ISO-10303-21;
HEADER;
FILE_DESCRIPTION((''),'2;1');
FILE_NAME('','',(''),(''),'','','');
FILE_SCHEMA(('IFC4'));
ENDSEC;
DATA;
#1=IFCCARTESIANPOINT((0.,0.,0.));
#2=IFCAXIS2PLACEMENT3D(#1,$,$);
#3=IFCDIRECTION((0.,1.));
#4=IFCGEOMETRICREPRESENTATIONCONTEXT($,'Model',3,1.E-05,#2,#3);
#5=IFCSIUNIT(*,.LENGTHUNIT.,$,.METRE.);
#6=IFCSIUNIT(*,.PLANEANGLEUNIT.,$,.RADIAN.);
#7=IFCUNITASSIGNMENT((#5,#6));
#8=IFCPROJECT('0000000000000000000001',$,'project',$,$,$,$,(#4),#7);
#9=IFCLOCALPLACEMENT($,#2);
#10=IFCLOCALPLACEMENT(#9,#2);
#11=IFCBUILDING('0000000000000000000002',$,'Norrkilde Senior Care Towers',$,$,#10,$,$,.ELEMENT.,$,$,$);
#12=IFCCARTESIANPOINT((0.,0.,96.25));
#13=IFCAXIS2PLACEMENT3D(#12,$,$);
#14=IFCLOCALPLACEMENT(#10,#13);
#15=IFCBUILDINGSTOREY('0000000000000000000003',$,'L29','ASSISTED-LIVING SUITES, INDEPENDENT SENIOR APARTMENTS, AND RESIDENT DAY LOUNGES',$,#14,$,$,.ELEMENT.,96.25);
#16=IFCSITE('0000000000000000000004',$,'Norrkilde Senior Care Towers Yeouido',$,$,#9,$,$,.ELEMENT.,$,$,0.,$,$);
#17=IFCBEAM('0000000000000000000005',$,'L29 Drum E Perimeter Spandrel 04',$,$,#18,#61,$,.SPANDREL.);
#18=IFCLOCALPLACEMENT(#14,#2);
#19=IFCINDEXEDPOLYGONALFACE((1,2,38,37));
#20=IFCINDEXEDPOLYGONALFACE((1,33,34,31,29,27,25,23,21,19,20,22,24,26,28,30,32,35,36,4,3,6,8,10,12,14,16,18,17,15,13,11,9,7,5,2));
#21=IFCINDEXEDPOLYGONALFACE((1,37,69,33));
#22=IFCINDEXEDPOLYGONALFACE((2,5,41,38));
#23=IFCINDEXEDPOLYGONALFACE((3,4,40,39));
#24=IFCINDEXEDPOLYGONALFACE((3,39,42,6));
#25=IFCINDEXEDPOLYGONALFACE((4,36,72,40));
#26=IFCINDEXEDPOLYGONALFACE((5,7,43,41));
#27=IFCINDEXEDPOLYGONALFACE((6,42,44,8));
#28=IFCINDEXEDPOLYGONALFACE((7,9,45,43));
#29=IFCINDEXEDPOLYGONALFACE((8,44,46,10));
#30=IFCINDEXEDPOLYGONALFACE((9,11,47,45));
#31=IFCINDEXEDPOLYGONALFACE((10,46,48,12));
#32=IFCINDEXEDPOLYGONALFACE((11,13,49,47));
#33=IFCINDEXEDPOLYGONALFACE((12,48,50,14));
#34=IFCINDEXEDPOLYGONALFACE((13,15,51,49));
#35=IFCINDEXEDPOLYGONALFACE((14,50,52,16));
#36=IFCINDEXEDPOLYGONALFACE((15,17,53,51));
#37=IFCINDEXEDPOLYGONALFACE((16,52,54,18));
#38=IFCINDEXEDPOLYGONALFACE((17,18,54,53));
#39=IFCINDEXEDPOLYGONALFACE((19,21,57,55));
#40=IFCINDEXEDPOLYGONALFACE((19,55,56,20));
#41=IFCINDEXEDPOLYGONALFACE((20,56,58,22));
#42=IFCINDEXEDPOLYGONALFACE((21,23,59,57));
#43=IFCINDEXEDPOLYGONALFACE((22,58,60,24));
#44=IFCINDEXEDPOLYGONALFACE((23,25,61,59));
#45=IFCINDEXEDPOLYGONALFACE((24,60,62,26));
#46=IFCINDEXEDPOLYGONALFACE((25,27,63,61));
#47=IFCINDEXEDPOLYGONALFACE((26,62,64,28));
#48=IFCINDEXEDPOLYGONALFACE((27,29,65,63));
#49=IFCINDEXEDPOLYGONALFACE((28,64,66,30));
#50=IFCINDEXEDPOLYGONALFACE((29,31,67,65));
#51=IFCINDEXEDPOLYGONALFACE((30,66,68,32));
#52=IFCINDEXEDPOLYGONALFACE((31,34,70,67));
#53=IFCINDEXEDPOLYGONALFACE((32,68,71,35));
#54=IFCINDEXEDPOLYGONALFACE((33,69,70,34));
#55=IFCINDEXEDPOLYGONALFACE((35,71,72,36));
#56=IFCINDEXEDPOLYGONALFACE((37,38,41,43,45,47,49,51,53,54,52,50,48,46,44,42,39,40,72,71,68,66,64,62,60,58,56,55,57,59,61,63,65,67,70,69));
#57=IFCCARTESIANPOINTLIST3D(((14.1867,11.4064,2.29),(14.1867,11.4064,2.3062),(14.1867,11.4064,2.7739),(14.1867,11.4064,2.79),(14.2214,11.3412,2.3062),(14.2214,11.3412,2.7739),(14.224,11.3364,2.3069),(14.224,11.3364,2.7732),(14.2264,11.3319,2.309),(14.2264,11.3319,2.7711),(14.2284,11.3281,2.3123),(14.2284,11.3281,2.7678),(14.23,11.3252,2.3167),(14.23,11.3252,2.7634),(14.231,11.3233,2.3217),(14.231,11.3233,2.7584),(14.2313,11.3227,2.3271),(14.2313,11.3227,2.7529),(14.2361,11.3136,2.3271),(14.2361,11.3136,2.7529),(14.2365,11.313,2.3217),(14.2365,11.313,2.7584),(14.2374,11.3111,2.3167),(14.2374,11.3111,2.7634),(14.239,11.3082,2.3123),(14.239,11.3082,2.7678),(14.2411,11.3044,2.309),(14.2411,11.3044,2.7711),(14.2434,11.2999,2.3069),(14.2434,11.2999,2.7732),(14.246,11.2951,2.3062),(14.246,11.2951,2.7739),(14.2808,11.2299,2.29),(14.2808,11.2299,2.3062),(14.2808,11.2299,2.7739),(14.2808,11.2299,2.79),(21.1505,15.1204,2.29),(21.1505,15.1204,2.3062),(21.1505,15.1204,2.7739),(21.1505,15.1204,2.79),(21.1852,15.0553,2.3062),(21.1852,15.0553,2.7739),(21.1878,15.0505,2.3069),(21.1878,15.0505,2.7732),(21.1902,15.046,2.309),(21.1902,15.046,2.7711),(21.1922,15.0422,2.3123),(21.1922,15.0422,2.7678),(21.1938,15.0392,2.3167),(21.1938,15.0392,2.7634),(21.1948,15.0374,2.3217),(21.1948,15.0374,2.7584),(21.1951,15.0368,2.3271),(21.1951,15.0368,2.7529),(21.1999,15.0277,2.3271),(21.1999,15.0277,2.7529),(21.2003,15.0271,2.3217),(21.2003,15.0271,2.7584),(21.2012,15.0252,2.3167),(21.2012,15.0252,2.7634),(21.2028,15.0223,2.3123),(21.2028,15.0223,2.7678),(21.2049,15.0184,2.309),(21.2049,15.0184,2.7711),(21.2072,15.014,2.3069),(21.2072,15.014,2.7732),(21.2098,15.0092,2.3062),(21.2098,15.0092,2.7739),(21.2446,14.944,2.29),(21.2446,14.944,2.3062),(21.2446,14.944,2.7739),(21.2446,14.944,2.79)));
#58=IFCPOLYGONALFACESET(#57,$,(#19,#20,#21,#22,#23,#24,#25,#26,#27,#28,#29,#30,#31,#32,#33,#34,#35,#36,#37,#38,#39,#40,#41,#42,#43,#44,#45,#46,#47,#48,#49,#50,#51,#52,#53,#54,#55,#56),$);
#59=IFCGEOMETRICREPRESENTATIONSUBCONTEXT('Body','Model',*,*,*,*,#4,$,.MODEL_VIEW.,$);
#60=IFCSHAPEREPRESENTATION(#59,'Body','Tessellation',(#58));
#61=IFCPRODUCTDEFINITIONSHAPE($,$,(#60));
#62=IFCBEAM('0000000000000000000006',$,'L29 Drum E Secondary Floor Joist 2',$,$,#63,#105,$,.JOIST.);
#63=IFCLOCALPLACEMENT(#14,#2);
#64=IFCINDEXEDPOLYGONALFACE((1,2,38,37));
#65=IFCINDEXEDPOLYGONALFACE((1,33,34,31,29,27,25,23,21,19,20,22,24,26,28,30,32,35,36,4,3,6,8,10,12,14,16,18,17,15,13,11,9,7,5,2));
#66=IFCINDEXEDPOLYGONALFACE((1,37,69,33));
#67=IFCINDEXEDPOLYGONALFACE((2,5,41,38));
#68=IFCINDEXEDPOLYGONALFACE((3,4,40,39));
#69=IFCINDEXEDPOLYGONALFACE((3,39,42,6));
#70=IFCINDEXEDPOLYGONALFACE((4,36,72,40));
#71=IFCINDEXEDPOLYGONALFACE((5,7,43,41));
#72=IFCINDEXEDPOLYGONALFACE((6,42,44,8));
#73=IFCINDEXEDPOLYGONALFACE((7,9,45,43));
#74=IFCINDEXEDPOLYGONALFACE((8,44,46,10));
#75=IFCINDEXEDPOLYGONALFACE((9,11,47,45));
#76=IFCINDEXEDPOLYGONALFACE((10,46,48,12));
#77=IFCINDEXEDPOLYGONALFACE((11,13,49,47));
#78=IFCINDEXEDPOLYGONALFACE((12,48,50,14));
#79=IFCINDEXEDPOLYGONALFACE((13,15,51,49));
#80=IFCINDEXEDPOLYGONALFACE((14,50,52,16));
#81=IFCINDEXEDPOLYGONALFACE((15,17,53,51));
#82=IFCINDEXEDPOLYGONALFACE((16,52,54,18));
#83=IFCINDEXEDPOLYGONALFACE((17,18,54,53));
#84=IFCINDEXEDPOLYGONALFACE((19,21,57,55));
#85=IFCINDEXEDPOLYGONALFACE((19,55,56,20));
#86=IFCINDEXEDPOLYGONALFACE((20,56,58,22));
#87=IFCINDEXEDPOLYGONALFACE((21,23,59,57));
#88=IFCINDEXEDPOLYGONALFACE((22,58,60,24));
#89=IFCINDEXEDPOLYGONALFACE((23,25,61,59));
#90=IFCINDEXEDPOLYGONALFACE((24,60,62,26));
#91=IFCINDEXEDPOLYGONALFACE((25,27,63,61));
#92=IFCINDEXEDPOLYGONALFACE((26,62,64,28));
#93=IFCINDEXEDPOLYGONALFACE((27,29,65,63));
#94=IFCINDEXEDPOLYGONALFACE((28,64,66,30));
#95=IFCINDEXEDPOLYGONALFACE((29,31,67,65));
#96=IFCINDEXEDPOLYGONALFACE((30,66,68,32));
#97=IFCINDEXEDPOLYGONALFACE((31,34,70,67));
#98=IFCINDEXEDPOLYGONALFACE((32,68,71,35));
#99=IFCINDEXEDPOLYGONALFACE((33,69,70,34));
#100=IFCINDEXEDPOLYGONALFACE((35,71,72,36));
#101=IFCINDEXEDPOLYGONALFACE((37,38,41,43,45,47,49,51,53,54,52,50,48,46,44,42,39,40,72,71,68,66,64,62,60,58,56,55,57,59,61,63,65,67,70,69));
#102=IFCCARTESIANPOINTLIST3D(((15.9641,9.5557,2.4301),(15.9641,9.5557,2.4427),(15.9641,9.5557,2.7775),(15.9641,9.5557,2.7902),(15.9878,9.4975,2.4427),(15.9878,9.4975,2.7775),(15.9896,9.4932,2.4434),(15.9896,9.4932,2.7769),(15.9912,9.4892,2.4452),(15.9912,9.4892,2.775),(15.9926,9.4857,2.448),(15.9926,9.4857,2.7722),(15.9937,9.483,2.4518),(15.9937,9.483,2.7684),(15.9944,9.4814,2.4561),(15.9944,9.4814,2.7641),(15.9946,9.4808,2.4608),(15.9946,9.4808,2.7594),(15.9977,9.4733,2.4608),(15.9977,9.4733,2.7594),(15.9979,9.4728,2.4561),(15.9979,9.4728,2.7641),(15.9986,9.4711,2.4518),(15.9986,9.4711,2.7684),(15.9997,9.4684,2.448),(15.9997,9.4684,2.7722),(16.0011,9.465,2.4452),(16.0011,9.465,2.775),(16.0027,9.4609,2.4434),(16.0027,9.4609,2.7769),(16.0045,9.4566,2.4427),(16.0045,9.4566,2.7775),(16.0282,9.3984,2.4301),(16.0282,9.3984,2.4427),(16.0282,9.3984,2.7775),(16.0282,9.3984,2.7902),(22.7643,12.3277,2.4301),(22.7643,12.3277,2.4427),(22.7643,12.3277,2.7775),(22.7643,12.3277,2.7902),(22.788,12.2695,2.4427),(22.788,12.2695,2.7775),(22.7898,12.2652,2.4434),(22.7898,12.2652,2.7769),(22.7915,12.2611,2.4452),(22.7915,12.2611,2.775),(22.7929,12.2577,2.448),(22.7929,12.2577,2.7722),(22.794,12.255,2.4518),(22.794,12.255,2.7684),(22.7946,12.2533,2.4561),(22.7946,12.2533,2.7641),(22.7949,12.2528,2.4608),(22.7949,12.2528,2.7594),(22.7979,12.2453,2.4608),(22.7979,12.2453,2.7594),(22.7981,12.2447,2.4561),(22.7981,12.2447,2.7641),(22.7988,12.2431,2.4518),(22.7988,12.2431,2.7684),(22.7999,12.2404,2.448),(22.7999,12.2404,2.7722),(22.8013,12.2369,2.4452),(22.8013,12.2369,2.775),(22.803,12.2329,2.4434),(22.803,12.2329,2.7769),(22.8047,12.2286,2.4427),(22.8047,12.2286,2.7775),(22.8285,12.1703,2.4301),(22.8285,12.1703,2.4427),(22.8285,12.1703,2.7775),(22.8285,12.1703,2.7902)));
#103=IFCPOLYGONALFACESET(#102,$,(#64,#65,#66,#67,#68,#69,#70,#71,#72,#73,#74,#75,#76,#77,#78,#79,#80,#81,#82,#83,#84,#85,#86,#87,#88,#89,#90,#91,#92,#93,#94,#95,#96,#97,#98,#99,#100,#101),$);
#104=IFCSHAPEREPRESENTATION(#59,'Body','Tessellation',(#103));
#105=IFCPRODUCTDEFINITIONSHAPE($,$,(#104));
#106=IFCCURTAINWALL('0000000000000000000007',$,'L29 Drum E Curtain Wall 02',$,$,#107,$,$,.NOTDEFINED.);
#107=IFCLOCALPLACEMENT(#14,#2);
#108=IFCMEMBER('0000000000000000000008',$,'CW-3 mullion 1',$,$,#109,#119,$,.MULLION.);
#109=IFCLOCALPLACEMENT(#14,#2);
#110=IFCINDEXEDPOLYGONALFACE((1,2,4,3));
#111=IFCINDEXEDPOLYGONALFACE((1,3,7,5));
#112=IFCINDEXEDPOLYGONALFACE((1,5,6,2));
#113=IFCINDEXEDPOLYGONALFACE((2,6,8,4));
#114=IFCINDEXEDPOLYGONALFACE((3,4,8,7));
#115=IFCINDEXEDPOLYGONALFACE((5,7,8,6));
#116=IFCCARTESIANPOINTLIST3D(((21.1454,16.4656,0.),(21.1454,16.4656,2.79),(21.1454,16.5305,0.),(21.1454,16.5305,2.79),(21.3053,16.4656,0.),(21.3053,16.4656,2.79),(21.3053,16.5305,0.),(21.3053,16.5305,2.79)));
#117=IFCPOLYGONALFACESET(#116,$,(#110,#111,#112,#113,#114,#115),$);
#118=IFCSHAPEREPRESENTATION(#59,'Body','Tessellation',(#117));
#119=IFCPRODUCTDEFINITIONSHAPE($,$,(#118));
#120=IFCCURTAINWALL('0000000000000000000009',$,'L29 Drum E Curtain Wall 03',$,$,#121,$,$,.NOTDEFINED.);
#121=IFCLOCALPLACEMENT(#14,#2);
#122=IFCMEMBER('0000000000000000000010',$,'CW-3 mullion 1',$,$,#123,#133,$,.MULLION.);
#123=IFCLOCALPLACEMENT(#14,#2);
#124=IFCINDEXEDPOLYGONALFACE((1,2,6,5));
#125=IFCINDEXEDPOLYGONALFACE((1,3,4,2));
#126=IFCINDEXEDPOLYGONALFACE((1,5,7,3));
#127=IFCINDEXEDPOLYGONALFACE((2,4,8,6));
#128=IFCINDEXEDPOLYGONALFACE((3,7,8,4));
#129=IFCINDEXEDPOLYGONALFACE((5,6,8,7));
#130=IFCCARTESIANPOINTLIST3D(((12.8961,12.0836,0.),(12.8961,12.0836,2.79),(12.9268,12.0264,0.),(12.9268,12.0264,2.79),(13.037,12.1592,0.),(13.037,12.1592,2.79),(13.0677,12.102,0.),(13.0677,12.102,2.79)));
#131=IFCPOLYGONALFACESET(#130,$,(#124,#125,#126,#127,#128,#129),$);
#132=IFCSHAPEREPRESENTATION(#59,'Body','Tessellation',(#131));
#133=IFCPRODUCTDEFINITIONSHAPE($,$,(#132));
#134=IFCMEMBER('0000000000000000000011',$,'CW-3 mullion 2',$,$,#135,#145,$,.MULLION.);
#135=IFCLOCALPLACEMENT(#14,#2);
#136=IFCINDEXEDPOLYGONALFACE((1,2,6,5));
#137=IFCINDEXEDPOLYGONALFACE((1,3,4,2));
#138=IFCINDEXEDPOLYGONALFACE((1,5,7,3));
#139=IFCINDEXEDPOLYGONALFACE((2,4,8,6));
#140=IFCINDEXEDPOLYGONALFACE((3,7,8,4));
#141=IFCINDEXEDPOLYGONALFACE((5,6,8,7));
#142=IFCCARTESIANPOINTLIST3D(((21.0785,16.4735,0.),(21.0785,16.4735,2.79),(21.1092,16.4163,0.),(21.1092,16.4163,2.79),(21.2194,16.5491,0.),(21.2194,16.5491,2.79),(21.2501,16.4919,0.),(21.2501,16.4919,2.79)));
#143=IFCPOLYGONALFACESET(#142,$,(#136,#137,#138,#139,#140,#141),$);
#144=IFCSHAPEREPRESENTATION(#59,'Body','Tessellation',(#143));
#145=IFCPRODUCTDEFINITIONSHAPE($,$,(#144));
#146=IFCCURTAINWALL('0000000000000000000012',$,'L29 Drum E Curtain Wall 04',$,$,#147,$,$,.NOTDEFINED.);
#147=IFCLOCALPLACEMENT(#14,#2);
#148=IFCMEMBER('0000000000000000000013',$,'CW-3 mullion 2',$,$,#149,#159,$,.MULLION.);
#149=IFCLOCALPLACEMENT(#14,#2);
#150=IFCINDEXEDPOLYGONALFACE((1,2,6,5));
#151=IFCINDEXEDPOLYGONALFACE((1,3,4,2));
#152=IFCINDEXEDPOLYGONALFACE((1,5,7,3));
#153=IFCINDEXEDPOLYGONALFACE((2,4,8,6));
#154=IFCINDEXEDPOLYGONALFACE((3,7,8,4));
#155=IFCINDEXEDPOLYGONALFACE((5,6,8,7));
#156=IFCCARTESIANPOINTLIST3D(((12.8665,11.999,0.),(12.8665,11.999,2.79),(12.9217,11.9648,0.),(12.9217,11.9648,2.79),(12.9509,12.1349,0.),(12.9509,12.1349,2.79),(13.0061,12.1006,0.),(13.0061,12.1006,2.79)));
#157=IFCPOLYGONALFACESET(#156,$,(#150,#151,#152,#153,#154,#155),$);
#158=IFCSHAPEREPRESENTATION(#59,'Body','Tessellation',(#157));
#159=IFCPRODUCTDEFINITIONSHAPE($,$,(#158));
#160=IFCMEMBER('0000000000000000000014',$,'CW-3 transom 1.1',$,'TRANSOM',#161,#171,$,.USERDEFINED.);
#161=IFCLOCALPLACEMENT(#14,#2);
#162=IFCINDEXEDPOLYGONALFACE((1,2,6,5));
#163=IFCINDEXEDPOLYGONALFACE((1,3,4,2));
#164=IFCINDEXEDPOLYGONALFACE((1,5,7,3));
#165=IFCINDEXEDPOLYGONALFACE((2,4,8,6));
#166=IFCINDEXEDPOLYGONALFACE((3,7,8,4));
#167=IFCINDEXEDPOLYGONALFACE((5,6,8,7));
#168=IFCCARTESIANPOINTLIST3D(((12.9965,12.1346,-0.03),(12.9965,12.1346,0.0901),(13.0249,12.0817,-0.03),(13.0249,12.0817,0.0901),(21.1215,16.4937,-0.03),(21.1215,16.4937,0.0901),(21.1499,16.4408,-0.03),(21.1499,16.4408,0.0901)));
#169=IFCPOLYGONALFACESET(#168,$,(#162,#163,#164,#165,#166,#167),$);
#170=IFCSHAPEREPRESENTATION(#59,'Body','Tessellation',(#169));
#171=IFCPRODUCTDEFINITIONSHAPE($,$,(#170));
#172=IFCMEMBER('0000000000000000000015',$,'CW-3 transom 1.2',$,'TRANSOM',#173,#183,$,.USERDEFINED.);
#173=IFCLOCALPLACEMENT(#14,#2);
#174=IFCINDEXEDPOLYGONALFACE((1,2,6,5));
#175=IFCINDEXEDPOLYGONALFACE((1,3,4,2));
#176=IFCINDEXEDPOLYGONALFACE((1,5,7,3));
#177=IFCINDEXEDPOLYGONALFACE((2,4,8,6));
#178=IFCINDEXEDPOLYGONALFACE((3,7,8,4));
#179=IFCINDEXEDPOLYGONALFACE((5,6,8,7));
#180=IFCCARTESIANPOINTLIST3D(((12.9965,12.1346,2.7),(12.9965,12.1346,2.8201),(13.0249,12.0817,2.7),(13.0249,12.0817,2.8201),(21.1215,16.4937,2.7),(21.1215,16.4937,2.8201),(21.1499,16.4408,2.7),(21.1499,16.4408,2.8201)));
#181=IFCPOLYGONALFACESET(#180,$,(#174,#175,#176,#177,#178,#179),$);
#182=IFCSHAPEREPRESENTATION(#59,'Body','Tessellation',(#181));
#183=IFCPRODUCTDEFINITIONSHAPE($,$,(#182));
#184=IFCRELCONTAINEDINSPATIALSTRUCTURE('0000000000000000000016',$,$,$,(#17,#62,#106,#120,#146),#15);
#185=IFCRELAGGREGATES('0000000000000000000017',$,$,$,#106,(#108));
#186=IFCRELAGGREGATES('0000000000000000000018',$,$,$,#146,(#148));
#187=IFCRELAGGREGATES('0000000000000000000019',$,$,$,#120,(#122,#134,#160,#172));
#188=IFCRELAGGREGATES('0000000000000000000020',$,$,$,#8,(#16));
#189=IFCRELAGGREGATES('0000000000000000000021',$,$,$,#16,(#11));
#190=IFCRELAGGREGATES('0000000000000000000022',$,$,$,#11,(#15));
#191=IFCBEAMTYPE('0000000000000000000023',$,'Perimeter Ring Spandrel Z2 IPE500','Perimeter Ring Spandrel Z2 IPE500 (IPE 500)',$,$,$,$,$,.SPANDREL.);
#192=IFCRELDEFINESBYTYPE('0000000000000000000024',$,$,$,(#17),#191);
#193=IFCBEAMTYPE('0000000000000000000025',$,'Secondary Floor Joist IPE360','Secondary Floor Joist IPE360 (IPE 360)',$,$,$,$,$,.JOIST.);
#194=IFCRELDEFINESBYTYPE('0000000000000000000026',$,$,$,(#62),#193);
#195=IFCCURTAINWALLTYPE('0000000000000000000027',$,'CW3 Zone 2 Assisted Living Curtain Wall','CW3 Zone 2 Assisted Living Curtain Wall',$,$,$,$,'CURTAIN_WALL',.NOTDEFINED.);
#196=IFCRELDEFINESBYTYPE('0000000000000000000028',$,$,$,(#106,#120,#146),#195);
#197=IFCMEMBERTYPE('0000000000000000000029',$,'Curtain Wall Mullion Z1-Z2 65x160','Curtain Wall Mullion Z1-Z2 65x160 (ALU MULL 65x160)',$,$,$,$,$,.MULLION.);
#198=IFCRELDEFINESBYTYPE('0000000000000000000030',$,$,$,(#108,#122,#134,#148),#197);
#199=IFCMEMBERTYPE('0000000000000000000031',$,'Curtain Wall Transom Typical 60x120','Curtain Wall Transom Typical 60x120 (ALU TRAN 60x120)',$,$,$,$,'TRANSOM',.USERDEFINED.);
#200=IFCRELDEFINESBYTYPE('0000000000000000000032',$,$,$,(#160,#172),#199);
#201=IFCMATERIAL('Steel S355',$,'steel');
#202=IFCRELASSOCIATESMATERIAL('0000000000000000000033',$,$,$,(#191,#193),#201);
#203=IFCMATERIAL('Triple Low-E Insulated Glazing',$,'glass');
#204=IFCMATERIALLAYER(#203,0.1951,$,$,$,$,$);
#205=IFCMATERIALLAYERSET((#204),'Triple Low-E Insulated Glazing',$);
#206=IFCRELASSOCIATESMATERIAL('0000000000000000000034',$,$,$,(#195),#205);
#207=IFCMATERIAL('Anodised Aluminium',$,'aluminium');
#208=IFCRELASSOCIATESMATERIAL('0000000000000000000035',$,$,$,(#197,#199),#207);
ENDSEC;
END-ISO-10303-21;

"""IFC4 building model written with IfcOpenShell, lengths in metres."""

from ifc_helpers import new_model, si_unit, direction, frame, origin, origin_2d, place, context, subcontext, project, spatial, rectangle, i_section, extrude, source, transform, mapped, material, layer, layer_set, material_profile, profile_set, type_object, type_shapes, element, aggregate, save


model = new_model("IFC4")

# Units and contexts
model_context = context("Model", 3, precision=1e-05, world=origin(), true_north=direction((0.0, 1.0)))
body_context = subcontext(model_context, "Body", "Model", "MODEL_VIEW")
ifc_project = project(units=[si_unit("LENGTHUNIT", "METRE"), si_unit("PLANEANGLEUNIT", "RADIAN")], contexts=[model_context])

# Site, building, storey
site_placement = place(None, origin())
site = spatial("IfcSite", under=ifc_project, at=site_placement, Name="Norrkilde Senior Care Towers Yeouido", CompositionType="ELEMENT", RefElevation=0.0)
building_placement = place(site_placement, origin())
building = spatial("IfcBuilding", under=site, at=building_placement, Name="Norrkilde Senior Care Towers", CompositionType="ELEMENT")
storey_placement = place(building_placement, frame((0.0, 0.0, 96.25)))
storey = spatial("IfcBuildingStorey", under=building, at=storey_placement, Name="L29", Description="ASSISTED-LIVING SUITES, INDEPENDENT SENIOR APARTMENTS, AND RESIDENT DAY LOUNGES", CompositionType="ELEMENT", Elevation=96.25)

# Beams
ifc_material_1 = material(Name="Steel S355", Category="steel")
ifc_material_profile_1 = material_profile(ifc_material_1, i_section(OverallWidth=0.2, OverallDepth=0.5, WebThickness=0.0103, FlangeThickness=0.0161, FilletRadius=0.021, at=origin_2d()), Name="IPE 500")
ifc_profile_set_1 = profile_set([ifc_material_profile_1], Name="Steel S355")
beam_type_1 = type_object("IfcBeamType", Name="Perimeter Ring Spandrel Z2 IPE500", Description="Perimeter Ring Spandrel Z2 IPE500 (IPE 500)", PredefinedType="SPANDREL", material=ifc_profile_set_1)
shared_shape_1 = source(origin(), body_context, "Body", "SweptSolid", [
    extrude(i_section(OverallWidth=0.2, OverallDepth=0.5, WebThickness=0.0103, FlangeThickness=0.0161, FilletRadius=0.021, at=origin_2d()), origin(), (0.0, 0.0, 1.0), 7.8923),
])
beam_1_placement = place(storey_placement, frame((21.1975, 15.0322, 2.54), z_axis=(-0.88235, -0.470593, 0.0), x_axis=(0.470593, -0.88235, 0.0)))
element("IfcBeam", 1, at=beam_1_placement, inside=storey, type_object=beam_type_1, Name="L29 Drum E Perimeter Spandrel 04", PredefinedType="SPANDREL", context=body_context, shape_type="MappedRepresentation", body=[
    mapped(shared_shape_1, transform((0.0, 0.0, 0.0), x_axis=(1.0, 0.0, 0.0), y_axis=(0.0, 1.0, 0.0), z_axis=(0.0, 0.0, 1.0), scale=1.0)),
])
ifc_material_profile_2 = material_profile(ifc_material_1, i_section(OverallWidth=0.1699, OverallDepth=0.3601, WebThickness=0.0081, FlangeThickness=0.0127, FilletRadius=0.0181, at=origin_2d()), Name="IPE 360")
ifc_profile_set_2 = profile_set([ifc_material_profile_2], Name="Steel S355")
beam_type_2 = type_object("IfcBeamType", Name="Secondary Floor Joist IPE360", Description="Secondary Floor Joist IPE360 (IPE 360)", PredefinedType="JOIST", material=ifc_profile_set_2)
shared_shape_2 = source(origin(), body_context, "Body", "SweptSolid", [
    extrude(i_section(OverallWidth=0.1699, OverallDepth=0.3601, WebThickness=0.0081, FlangeThickness=0.0127, FilletRadius=0.0181, at=origin_2d()), origin(), (0.0, 0.0, 1.0), 7.3435),
])
type_shapes(beam_type_2, [shared_shape_2])
beam_2_placement = place(storey_placement, frame((22.7964, 12.249, 2.6101), z_axis=(-0.926022, -0.37747, 0.0), x_axis=(0.37747, -0.926022, 0.0)))
element("IfcBeam", 2, at=beam_2_placement, inside=storey, type_object=beam_type_2, Name="L29 Drum E Secondary Floor Joist 2", PredefinedType="JOIST", context=body_context, shape_type="MappedRepresentation", body=[
    mapped(shared_shape_2, transform((0.0, 0.0, 0.0), x_axis=(1.0, 0.0, 0.0), y_axis=(0.0, 1.0, 0.0), z_axis=(0.0, 0.0, 1.0), scale=1.0)),
])

# Curtain wall, member
ifc_material_2 = material(Name="Triple Low-E Insulated Glazing", Category="glass")
ifc_layer_1 = layer(ifc_material_2, 0.1951)
ifc_layer_set_1 = layer_set([ifc_layer_1], Name="Triple Low-E Insulated Glazing")
curtain_wall_type = type_object("IfcCurtainWallType", Name="CW3 Zone 2 Assisted Living Curtain Wall", Description="CW3 Zone 2 Assisted Living Curtain Wall", ElementType="CURTAIN_WALL", PredefinedType="NOTDEFINED", material=ifc_layer_set_1)
curtain_wall_1_placement = place(storey_placement, origin())
curtain_wall_1 = element("IfcCurtainWall", 3, at=curtain_wall_1_placement, inside=storey, type_object=curtain_wall_type, Name="L29 Drum E Curtain Wall 02", PredefinedType="NOTDEFINED")
ifc_material_3 = material(Name="Anodised Aluminium", Category="aluminium")
ifc_material_profile_3 = material_profile(ifc_material_3, rectangle(XDim=0.0649, YDim=0.1599, at=origin_2d()), Name="ALU MULL 65x160")
ifc_profile_set_3 = profile_set([ifc_material_profile_3], Name="Anodised Aluminium")
member_type_1 = type_object("IfcMemberType", Name="Curtain Wall Mullion Z1-Z2 65x160", Description="Curtain Wall Mullion Z1-Z2 65x160 (ALU MULL 65x160)", PredefinedType="MULLION", material=ifc_profile_set_3)
shared_shape_3 = source(origin(), body_context, "Body", "SweptSolid", [
    extrude(rectangle(XDim=0.0649, YDim=0.1599, at=origin_2d()), origin(), (0.0, 0.0, 1.0), 2.79),
])
type_shapes(member_type_1, [shared_shape_3])
member_1_placement = place(storey_placement, frame((21.2253, 16.498, 0.0), z_axis=(0.0, 0.0, 1.0), x_axis=(0.0, 1.0, 0.0)))
member_1 = element("IfcMember", 4, at=member_1_placement, type_object=member_type_1, Name="CW-3 mullion 1", PredefinedType="MULLION", context=body_context, shape_type="MappedRepresentation", body=[
    mapped(shared_shape_3, transform((0.0, 0.0, 0.0), x_axis=(1.0, 0.0, 0.0), y_axis=(0.0, 1.0, 0.0), z_axis=(0.0, 0.0, 1.0), scale=1.0)),
])

# Curtain wall, members
curtain_wall_2_placement = place(storey_placement, origin())
curtain_wall_2 = element("IfcCurtainWall", 5, at=curtain_wall_2_placement, inside=storey, type_object=curtain_wall_type, Name="L29 Drum E Curtain Wall 03", PredefinedType="NOTDEFINED")
member_2_placement = place(storey_placement, frame((12.9819, 12.0928, 0.0), z_axis=(0.0, 0.0, 1.0), x_axis=(-0.472769, 0.881186, 0.0)))
member_2 = element("IfcMember", 6, at=member_2_placement, type_object=member_type_1, Name="CW-3 mullion 1", PredefinedType="MULLION", context=body_context, shape_type="MappedRepresentation", body=[
    mapped(shared_shape_3, transform((0.0, 0.0, 0.0), x_axis=(1.0, 0.0, 0.0), y_axis=(0.0, 1.0, 0.0), z_axis=(0.0, 0.0, 1.0), scale=1.0)),
])
member_3_placement = place(storey_placement, frame((21.1643, 16.4827, 0.0), z_axis=(0.0, 0.0, 1.0), x_axis=(-0.472769, 0.881186, 0.0)))
member_3 = element("IfcMember", 7, at=member_3_placement, type_object=member_type_1, Name="CW-3 mullion 2", PredefinedType="MULLION", context=body_context, shape_type="MappedRepresentation", body=[
    mapped(shared_shape_3, transform((0.0, 0.0, 0.0), x_axis=(1.0, 0.0, 0.0), y_axis=(0.0, 1.0, 0.0), z_axis=(0.0, 0.0, 1.0), scale=1.0)),
])

# Curtain wall, member
curtain_wall_3_placement = place(storey_placement, origin())
curtain_wall_3 = element("IfcCurtainWall", 8, at=curtain_wall_3_placement, inside=storey, type_object=curtain_wall_type, Name="L29 Drum E Curtain Wall 04", PredefinedType="NOTDEFINED")
member_4_placement = place(storey_placement, frame((12.9363, 12.0498, 0.0), z_axis=(0.0, 0.0, 1.0), x_axis=(-0.84941, 0.527733, 0.0)))
member_4 = element("IfcMember", 9, at=member_4_placement, type_object=member_type_1, Name="CW-3 mullion 2", PredefinedType="MULLION", context=body_context, shape_type="MappedRepresentation", body=[
    mapped(shared_shape_3, transform((0.0, 0.0, 0.0), x_axis=(1.0, 0.0, 0.0), y_axis=(0.0, 1.0, 0.0), z_axis=(0.0, 0.0, 1.0), scale=1.0)),
])

# Members
ifc_material_profile_4 = material_profile(ifc_material_3, rectangle(XDim=0.0601, YDim=0.1201, at=origin_2d()), Name="ALU TRAN 60x120")
ifc_profile_set_4 = profile_set([ifc_material_profile_4], Name="Anodised Aluminium")
member_type_2 = type_object("IfcMemberType", Name="Curtain Wall Transom Typical 60x120", Description="Curtain Wall Transom Typical 60x120 (ALU TRAN 60x120)", ElementType="TRANSOM", PredefinedType="USERDEFINED", material=ifc_profile_set_4)
shared_shape_4 = source(origin(), body_context, "Body", "SweptSolid", [
    extrude(rectangle(XDim=0.0601, YDim=0.1201, at=origin_2d()), origin(), (0.0, 0.0, 1.0), 9.2205),
])
member_5_placement = place(storey_placement, frame((13.0107, 12.1082, 0.03), z_axis=(0.881189, 0.472765, 0.0), x_axis=(-0.472765, 0.881189, 0.0)))
member_5 = element("IfcMember", 10, at=member_5_placement, type_object=member_type_2, Name="CW-3 transom 1.1", ObjectType="TRANSOM", PredefinedType="USERDEFINED", context=body_context, shape_type="MappedRepresentation", body=[
    mapped(shared_shape_4, transform((0.0, 0.0, 0.0), x_axis=(1.0, 0.0, 0.0), y_axis=(0.0, 1.0, 0.0), z_axis=(0.0, 0.0, 1.0), scale=1.0)),
])
member_6_placement = place(storey_placement, frame((13.0107, 12.1082, 2.76), z_axis=(0.881189, 0.472765, 0.0), x_axis=(-0.472765, 0.881189, 0.0)))
member_6 = element("IfcMember", 11, at=member_6_placement, type_object=member_type_2, Name="CW-3 transom 1.2", ObjectType="TRANSOM", PredefinedType="USERDEFINED", context=body_context, shape_type="MappedRepresentation", body=[
    mapped(shared_shape_4, transform((0.0, 0.0, 0.0), x_axis=(1.0, 0.0, 0.0), y_axis=(0.0, 1.0, 0.0), z_axis=(0.0, 0.0, 1.0), scale=1.0)),
])
aggregate(curtain_wall_1, [member_1])

aggregate(curtain_wall_3, [member_4])
aggregate(curtain_wall_2, [member_2, member_3, member_5, member_6])

save(model, "model.ifc")
